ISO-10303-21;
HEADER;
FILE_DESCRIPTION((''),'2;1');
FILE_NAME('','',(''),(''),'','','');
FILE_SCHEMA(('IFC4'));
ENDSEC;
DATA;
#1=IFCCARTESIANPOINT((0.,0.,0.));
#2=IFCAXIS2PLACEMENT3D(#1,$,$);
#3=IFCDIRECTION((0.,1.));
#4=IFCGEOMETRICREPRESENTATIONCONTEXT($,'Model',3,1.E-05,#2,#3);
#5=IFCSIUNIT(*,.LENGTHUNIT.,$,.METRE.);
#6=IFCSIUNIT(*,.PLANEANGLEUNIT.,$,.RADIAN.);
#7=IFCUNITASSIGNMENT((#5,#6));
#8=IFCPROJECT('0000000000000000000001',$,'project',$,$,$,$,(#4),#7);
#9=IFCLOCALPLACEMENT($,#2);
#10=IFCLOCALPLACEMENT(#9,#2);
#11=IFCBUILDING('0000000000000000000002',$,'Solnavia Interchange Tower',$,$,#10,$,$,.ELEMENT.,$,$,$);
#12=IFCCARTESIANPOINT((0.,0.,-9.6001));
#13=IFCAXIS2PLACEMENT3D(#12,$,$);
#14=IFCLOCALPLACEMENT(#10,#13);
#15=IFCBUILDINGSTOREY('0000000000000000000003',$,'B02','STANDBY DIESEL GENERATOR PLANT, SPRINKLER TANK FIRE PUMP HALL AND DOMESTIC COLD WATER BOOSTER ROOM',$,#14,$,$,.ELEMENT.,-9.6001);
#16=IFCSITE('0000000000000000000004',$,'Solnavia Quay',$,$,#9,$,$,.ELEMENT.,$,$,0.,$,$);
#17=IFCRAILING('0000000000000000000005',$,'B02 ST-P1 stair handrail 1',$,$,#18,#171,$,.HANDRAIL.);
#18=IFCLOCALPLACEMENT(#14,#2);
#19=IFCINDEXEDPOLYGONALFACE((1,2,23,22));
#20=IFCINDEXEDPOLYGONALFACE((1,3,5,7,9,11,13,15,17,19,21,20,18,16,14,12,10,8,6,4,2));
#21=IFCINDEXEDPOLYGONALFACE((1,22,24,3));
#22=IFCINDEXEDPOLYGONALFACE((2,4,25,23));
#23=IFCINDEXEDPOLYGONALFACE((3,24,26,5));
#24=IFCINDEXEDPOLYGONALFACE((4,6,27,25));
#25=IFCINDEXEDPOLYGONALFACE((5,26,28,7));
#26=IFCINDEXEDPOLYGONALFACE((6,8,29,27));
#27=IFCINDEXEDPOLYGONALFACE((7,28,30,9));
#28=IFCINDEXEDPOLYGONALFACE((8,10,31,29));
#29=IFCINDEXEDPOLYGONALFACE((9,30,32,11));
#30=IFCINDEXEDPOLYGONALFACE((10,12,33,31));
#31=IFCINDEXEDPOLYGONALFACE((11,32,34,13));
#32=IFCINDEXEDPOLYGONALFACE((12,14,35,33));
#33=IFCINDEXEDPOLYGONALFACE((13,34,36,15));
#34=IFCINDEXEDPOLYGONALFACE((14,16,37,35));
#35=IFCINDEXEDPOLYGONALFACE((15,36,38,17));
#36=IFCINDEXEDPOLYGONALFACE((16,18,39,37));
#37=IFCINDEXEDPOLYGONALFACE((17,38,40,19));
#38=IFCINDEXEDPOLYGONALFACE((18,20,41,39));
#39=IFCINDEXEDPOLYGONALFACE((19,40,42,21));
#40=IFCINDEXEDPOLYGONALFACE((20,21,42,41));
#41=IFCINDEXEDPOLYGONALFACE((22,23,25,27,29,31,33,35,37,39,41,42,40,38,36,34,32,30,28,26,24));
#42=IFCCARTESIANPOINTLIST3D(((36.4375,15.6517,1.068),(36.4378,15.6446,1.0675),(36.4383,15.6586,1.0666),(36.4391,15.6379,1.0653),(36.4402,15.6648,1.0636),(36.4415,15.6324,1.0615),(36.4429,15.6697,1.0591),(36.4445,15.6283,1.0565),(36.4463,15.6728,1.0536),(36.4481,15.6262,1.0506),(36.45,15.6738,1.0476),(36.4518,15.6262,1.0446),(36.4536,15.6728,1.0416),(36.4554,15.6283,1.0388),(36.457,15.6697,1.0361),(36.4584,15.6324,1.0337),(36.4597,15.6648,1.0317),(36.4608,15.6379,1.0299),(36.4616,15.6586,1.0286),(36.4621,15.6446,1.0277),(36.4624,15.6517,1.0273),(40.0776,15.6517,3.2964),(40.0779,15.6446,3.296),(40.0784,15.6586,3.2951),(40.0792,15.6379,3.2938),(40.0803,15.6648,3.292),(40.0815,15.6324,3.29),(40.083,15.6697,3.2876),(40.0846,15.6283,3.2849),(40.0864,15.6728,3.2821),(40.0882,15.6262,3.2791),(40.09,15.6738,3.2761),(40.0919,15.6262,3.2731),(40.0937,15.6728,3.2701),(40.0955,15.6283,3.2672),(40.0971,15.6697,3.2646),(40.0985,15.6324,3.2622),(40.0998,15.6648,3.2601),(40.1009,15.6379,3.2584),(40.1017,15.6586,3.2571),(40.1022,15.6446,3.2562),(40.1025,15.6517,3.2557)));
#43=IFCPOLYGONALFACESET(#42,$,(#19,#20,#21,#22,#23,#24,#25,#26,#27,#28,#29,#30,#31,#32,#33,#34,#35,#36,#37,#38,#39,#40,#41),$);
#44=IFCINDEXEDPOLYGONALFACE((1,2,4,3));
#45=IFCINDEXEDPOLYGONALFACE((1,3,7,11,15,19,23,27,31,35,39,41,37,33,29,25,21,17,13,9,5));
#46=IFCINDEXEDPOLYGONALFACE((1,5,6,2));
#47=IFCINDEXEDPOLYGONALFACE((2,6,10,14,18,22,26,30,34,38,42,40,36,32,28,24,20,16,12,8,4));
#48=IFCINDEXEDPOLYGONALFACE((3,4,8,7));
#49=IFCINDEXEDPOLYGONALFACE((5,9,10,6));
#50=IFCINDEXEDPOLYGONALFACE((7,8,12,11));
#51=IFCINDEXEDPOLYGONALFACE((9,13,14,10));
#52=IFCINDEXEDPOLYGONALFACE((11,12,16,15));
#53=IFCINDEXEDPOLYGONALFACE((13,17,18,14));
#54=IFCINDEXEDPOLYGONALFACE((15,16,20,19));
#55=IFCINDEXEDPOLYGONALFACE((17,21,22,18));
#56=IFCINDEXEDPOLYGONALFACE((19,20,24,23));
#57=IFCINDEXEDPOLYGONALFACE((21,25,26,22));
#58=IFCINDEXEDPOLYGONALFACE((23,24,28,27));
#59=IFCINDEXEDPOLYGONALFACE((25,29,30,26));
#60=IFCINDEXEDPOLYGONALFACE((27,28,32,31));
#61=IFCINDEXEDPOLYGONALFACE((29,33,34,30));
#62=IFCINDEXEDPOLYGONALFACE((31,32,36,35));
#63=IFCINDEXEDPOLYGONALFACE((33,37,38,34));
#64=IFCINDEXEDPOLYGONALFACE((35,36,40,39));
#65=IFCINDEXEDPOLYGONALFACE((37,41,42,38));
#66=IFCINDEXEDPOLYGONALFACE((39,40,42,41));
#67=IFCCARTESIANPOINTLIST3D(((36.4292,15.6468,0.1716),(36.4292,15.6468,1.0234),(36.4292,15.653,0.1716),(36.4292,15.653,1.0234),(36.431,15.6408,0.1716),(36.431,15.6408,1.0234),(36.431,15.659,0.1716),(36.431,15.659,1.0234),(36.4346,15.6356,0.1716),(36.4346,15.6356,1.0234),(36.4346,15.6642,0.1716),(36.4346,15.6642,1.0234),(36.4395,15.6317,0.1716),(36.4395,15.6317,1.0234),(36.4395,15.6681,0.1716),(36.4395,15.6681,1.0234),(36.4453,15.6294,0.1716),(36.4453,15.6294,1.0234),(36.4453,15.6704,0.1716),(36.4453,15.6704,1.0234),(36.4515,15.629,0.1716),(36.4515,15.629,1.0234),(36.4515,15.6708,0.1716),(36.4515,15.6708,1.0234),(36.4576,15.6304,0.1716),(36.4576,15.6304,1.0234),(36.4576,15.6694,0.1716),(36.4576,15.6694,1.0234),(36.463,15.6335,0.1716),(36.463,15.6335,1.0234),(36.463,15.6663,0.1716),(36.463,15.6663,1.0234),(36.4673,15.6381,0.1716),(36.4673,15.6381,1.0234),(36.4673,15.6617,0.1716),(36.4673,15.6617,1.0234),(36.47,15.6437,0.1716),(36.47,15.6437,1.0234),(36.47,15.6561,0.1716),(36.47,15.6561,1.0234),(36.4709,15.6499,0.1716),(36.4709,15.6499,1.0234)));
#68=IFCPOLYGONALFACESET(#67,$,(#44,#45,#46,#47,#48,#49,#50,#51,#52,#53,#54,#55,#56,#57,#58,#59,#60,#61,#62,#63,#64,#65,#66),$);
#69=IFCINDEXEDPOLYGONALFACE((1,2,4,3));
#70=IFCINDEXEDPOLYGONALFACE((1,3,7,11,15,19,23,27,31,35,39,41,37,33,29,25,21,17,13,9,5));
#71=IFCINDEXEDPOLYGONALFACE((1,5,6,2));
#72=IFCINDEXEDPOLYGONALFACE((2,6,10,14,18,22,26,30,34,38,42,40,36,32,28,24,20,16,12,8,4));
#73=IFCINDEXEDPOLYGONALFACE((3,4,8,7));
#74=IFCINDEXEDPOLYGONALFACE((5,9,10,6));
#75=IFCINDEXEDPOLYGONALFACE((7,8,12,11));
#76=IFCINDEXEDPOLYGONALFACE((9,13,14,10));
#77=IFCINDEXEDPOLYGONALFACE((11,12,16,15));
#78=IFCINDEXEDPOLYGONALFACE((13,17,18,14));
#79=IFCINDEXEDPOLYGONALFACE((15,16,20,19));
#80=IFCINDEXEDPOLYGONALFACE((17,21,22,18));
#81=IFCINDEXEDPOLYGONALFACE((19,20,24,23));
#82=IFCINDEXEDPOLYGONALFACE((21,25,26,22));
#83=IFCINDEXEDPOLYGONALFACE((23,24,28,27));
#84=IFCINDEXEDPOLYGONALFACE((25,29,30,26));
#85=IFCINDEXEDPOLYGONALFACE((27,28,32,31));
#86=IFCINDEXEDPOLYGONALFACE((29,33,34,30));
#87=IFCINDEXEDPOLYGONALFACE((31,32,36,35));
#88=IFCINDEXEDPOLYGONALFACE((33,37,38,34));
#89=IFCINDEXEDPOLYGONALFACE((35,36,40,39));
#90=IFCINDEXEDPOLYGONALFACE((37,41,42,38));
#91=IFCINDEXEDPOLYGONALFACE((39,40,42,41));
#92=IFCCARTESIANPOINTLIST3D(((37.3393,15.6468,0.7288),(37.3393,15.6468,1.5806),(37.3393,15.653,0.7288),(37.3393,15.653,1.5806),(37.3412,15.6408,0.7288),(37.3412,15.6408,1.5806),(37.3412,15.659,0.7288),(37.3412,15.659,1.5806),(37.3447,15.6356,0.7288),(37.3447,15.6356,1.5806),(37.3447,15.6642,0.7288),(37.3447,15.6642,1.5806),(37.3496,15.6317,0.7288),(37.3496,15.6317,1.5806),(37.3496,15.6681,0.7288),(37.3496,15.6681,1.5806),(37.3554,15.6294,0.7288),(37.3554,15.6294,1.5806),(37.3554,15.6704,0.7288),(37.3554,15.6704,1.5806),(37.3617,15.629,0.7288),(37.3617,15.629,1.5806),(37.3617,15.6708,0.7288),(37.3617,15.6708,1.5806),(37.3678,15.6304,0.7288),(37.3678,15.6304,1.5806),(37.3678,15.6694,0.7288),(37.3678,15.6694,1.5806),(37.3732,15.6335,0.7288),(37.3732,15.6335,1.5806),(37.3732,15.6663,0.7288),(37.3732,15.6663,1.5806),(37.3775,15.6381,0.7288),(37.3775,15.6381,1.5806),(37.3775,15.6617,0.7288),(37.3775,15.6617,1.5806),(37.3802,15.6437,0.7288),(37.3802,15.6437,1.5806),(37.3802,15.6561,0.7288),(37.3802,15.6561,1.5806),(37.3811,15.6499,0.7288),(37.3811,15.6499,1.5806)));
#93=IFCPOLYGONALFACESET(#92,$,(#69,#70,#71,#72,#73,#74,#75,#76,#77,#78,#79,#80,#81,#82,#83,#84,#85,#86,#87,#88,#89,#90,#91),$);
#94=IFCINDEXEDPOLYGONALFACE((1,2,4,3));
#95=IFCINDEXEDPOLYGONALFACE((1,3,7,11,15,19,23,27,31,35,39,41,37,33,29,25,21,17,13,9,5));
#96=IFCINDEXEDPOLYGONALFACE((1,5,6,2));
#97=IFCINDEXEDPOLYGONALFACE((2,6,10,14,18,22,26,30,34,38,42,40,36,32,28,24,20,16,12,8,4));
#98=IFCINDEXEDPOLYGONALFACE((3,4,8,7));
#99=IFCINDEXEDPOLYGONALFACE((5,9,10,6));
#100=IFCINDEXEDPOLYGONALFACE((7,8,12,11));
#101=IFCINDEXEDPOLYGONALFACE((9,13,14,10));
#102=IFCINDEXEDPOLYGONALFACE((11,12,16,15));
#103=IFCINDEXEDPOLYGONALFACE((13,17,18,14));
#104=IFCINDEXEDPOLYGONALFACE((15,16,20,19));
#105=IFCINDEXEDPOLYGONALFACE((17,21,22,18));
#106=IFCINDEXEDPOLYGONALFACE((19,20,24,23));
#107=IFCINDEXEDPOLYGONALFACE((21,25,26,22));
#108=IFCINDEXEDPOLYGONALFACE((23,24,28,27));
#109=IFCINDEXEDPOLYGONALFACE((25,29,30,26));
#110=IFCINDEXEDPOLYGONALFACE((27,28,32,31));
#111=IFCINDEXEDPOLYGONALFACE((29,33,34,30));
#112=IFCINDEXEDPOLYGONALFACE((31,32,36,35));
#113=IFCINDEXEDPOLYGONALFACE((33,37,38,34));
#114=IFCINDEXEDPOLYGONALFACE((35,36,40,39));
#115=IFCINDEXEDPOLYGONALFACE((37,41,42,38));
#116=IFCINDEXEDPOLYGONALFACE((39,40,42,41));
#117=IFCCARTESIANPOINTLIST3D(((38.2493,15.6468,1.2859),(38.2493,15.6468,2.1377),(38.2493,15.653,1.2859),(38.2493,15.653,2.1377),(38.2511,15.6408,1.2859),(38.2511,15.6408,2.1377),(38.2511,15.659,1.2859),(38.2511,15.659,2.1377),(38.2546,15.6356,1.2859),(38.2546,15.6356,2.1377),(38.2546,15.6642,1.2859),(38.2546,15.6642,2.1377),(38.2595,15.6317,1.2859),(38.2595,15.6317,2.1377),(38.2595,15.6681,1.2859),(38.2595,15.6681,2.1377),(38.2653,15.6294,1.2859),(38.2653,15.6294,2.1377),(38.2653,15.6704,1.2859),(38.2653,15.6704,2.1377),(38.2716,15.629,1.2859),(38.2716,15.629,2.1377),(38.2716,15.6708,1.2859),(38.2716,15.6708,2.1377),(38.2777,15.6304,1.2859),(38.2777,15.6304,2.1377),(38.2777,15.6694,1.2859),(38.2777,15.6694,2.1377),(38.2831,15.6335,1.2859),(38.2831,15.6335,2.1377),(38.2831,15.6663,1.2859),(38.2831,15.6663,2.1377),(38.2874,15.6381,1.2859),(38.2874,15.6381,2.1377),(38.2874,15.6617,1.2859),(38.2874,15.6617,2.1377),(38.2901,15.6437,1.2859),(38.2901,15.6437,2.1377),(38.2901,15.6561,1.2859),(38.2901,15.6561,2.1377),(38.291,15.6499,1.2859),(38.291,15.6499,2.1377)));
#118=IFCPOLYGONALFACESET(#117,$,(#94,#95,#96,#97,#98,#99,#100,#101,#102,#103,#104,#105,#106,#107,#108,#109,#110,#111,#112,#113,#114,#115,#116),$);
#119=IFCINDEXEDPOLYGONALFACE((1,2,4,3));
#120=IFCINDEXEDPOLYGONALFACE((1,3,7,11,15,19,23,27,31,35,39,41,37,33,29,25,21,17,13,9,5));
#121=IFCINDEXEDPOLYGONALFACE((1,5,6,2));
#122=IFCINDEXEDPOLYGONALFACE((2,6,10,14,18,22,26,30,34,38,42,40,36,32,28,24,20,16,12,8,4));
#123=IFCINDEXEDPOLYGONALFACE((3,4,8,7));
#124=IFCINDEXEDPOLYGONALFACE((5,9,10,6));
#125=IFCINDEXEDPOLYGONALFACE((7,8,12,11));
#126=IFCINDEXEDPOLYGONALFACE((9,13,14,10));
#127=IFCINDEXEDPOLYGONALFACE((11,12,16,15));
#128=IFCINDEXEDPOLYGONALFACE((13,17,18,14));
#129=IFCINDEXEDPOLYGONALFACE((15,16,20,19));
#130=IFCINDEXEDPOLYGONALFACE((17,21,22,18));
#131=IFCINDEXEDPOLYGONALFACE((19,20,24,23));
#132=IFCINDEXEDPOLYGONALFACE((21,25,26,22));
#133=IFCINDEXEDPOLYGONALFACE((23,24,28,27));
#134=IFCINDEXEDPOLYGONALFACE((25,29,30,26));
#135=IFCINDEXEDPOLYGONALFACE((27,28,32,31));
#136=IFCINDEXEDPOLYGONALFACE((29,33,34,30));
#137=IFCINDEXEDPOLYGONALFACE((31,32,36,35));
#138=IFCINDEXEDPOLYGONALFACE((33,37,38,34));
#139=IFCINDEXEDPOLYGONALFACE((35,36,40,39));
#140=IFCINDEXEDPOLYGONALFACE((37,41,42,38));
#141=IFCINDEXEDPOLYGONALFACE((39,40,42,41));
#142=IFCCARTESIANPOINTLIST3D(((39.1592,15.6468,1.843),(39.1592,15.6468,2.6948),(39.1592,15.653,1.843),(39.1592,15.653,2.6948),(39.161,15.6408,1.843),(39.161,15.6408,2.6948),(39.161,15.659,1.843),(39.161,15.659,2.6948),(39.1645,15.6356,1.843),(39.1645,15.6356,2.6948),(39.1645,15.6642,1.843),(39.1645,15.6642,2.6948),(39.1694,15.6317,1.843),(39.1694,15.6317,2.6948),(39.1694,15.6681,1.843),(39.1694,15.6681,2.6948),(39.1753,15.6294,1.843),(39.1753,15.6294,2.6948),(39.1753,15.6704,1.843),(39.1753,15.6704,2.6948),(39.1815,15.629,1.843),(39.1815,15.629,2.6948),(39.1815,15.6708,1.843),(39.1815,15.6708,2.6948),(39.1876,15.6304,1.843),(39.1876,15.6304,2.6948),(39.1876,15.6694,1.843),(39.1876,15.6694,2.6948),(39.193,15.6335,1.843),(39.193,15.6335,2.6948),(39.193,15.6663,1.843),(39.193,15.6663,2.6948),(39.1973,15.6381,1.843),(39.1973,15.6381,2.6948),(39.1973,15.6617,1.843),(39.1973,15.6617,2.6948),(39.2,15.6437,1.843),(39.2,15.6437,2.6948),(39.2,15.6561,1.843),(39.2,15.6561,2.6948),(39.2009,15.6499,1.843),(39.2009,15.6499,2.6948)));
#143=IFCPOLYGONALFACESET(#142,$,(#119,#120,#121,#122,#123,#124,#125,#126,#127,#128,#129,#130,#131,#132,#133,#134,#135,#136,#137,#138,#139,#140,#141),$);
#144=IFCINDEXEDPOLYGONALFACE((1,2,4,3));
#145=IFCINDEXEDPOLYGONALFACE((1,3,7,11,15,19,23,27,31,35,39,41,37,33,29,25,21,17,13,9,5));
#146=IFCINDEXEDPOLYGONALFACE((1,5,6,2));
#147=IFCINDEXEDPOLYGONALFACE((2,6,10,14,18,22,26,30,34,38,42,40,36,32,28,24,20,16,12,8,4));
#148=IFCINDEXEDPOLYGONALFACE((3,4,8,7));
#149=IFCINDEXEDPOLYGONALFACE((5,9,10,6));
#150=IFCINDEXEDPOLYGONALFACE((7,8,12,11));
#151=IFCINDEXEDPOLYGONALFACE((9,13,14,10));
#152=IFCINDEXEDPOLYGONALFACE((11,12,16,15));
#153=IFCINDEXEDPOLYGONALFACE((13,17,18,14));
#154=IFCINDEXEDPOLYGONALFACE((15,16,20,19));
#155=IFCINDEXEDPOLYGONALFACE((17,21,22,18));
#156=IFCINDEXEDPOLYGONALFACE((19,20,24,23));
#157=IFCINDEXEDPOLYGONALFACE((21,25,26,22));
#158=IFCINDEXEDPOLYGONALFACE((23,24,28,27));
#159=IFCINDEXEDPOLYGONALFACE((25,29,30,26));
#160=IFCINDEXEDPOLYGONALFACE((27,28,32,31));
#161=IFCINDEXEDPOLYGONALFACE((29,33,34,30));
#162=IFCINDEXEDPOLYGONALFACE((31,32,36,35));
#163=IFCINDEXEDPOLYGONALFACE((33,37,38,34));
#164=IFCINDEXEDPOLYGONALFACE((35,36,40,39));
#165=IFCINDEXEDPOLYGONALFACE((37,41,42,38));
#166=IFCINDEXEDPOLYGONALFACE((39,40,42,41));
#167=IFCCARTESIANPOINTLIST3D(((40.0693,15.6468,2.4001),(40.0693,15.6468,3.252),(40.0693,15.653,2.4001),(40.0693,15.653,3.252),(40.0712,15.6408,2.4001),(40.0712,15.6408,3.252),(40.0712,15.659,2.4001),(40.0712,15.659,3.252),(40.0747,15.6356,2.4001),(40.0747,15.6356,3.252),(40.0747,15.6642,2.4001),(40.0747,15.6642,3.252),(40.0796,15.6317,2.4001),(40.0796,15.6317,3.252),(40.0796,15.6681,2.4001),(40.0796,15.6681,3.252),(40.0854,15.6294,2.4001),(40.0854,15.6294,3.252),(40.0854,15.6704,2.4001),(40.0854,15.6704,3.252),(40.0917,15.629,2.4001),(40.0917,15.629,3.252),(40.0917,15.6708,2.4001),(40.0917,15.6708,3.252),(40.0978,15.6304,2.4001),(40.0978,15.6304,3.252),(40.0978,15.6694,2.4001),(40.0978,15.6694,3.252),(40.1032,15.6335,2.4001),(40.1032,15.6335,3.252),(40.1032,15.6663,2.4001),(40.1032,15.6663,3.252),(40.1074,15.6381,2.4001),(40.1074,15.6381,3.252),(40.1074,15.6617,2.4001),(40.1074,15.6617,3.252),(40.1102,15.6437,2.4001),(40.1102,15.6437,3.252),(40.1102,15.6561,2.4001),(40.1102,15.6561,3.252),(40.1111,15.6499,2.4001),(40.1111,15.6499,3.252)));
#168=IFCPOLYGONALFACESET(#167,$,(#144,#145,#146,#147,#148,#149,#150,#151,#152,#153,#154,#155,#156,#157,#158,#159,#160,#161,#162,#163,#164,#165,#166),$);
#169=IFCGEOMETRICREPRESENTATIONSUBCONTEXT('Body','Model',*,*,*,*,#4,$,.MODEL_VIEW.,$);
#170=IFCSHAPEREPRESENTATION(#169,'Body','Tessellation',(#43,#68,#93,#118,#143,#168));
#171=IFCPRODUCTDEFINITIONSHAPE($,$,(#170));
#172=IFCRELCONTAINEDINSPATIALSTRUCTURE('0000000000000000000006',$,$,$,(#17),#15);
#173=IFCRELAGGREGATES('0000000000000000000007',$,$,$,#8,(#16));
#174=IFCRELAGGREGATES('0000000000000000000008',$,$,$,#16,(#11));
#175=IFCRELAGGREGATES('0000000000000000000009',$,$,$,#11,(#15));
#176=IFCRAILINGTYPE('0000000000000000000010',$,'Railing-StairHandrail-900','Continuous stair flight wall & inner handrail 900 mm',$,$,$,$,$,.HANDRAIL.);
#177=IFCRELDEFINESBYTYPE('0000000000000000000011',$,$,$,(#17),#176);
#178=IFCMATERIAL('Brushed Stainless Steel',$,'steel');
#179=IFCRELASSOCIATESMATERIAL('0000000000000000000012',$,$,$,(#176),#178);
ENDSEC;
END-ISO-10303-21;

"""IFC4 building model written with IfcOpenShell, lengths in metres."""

from ifc_helpers import new_model, si_unit, direction, frame, origin, origin_2d, place, context, subcontext, project, spatial, circle, extrude, material, type_object, element, save


model = new_model("IFC4")

# Units and contexts
model_context = context("Model", 3, precision=1e-05, world=origin(), true_north=direction((0.0, 1.0)))
body_context = subcontext(model_context, "Body", "Model", "MODEL_VIEW")
ifc_project = project(units=[si_unit("LENGTHUNIT", "METRE"), si_unit("PLANEANGLEUNIT", "RADIAN")], contexts=[model_context])

# Site, building, storey
site_placement = place(None, origin())
site = spatial("IfcSite", under=ifc_project, at=site_placement, Name="Solnavia Quay", CompositionType="ELEMENT", RefElevation=0.0)
building_placement = place(site_placement, origin())
building = spatial("IfcBuilding", under=site, at=building_placement, Name="Solnavia Interchange Tower", CompositionType="ELEMENT")
storey_placement = place(building_placement, frame((0.0, 0.0, -9.6001)))
storey = spatial("IfcBuildingStorey", under=building, at=storey_placement, Name="B02", Description="STANDBY DIESEL GENERATOR PLANT, SPRINKLER TANK FIRE PUMP HALL AND DOMESTIC COLD WATER BOOSTER ROOM", CompositionType="ELEMENT", Elevation=-9.6001)

# Railing
ifc_material_1 = material(Name="Brushed Stainless Steel", Category="steel")
railing_type_1 = type_object("IfcRailingType", Name="Railing-StairHandrail-900", Description="Continuous stair flight wall & inner handrail 900 mm", PredefinedType="HANDRAIL", material=ifc_material_1)
railing_1_placement = place(storey_placement, frame((36.45, 15.6499, 0.1716)))
element("IfcRailing", 1, at=railing_1_placement, inside=storey, type_object=railing_type_1, Name="B02 ST-P1 stair handrail 1", PredefinedType="HANDRAIL", context=body_context, shape_type="SweptSolid", body=[
    extrude(circle(Radius=0.0239, at=origin_2d()), frame((0.0, 0.0, 0.876), z_axis=(0.852866, 0.0, 0.52213), x_axis=(0.0, 1.0, 0.0)), (0.0, 0.0, 1.0), 4.2681),
    extrude(circle(Radius=0.021, at=origin_2d()), origin(), (0.0, 0.0, 1.0), 0.8518),
    extrude(circle(Radius=0.021, at=origin_2d()), frame((0.9102, 0.0, 0.5571)), (0.0, 0.0, 1.0), 0.8518),
    extrude(circle(Radius=0.021, at=origin_2d()), frame((1.8201, 0.0, 1.1143)), (0.0, 0.0, 1.0), 0.8518),
    extrude(circle(Radius=0.021, at=origin_2d()), frame((2.73, 0.0, 1.6714)), (0.0, 0.0, 1.0), 0.8518),
    extrude(circle(Radius=0.021, at=origin_2d()), frame((3.6401, 0.0, 2.2285)), (0.0, 0.0, 1.0), 0.8518),
])

save(model, "model.ifc")
